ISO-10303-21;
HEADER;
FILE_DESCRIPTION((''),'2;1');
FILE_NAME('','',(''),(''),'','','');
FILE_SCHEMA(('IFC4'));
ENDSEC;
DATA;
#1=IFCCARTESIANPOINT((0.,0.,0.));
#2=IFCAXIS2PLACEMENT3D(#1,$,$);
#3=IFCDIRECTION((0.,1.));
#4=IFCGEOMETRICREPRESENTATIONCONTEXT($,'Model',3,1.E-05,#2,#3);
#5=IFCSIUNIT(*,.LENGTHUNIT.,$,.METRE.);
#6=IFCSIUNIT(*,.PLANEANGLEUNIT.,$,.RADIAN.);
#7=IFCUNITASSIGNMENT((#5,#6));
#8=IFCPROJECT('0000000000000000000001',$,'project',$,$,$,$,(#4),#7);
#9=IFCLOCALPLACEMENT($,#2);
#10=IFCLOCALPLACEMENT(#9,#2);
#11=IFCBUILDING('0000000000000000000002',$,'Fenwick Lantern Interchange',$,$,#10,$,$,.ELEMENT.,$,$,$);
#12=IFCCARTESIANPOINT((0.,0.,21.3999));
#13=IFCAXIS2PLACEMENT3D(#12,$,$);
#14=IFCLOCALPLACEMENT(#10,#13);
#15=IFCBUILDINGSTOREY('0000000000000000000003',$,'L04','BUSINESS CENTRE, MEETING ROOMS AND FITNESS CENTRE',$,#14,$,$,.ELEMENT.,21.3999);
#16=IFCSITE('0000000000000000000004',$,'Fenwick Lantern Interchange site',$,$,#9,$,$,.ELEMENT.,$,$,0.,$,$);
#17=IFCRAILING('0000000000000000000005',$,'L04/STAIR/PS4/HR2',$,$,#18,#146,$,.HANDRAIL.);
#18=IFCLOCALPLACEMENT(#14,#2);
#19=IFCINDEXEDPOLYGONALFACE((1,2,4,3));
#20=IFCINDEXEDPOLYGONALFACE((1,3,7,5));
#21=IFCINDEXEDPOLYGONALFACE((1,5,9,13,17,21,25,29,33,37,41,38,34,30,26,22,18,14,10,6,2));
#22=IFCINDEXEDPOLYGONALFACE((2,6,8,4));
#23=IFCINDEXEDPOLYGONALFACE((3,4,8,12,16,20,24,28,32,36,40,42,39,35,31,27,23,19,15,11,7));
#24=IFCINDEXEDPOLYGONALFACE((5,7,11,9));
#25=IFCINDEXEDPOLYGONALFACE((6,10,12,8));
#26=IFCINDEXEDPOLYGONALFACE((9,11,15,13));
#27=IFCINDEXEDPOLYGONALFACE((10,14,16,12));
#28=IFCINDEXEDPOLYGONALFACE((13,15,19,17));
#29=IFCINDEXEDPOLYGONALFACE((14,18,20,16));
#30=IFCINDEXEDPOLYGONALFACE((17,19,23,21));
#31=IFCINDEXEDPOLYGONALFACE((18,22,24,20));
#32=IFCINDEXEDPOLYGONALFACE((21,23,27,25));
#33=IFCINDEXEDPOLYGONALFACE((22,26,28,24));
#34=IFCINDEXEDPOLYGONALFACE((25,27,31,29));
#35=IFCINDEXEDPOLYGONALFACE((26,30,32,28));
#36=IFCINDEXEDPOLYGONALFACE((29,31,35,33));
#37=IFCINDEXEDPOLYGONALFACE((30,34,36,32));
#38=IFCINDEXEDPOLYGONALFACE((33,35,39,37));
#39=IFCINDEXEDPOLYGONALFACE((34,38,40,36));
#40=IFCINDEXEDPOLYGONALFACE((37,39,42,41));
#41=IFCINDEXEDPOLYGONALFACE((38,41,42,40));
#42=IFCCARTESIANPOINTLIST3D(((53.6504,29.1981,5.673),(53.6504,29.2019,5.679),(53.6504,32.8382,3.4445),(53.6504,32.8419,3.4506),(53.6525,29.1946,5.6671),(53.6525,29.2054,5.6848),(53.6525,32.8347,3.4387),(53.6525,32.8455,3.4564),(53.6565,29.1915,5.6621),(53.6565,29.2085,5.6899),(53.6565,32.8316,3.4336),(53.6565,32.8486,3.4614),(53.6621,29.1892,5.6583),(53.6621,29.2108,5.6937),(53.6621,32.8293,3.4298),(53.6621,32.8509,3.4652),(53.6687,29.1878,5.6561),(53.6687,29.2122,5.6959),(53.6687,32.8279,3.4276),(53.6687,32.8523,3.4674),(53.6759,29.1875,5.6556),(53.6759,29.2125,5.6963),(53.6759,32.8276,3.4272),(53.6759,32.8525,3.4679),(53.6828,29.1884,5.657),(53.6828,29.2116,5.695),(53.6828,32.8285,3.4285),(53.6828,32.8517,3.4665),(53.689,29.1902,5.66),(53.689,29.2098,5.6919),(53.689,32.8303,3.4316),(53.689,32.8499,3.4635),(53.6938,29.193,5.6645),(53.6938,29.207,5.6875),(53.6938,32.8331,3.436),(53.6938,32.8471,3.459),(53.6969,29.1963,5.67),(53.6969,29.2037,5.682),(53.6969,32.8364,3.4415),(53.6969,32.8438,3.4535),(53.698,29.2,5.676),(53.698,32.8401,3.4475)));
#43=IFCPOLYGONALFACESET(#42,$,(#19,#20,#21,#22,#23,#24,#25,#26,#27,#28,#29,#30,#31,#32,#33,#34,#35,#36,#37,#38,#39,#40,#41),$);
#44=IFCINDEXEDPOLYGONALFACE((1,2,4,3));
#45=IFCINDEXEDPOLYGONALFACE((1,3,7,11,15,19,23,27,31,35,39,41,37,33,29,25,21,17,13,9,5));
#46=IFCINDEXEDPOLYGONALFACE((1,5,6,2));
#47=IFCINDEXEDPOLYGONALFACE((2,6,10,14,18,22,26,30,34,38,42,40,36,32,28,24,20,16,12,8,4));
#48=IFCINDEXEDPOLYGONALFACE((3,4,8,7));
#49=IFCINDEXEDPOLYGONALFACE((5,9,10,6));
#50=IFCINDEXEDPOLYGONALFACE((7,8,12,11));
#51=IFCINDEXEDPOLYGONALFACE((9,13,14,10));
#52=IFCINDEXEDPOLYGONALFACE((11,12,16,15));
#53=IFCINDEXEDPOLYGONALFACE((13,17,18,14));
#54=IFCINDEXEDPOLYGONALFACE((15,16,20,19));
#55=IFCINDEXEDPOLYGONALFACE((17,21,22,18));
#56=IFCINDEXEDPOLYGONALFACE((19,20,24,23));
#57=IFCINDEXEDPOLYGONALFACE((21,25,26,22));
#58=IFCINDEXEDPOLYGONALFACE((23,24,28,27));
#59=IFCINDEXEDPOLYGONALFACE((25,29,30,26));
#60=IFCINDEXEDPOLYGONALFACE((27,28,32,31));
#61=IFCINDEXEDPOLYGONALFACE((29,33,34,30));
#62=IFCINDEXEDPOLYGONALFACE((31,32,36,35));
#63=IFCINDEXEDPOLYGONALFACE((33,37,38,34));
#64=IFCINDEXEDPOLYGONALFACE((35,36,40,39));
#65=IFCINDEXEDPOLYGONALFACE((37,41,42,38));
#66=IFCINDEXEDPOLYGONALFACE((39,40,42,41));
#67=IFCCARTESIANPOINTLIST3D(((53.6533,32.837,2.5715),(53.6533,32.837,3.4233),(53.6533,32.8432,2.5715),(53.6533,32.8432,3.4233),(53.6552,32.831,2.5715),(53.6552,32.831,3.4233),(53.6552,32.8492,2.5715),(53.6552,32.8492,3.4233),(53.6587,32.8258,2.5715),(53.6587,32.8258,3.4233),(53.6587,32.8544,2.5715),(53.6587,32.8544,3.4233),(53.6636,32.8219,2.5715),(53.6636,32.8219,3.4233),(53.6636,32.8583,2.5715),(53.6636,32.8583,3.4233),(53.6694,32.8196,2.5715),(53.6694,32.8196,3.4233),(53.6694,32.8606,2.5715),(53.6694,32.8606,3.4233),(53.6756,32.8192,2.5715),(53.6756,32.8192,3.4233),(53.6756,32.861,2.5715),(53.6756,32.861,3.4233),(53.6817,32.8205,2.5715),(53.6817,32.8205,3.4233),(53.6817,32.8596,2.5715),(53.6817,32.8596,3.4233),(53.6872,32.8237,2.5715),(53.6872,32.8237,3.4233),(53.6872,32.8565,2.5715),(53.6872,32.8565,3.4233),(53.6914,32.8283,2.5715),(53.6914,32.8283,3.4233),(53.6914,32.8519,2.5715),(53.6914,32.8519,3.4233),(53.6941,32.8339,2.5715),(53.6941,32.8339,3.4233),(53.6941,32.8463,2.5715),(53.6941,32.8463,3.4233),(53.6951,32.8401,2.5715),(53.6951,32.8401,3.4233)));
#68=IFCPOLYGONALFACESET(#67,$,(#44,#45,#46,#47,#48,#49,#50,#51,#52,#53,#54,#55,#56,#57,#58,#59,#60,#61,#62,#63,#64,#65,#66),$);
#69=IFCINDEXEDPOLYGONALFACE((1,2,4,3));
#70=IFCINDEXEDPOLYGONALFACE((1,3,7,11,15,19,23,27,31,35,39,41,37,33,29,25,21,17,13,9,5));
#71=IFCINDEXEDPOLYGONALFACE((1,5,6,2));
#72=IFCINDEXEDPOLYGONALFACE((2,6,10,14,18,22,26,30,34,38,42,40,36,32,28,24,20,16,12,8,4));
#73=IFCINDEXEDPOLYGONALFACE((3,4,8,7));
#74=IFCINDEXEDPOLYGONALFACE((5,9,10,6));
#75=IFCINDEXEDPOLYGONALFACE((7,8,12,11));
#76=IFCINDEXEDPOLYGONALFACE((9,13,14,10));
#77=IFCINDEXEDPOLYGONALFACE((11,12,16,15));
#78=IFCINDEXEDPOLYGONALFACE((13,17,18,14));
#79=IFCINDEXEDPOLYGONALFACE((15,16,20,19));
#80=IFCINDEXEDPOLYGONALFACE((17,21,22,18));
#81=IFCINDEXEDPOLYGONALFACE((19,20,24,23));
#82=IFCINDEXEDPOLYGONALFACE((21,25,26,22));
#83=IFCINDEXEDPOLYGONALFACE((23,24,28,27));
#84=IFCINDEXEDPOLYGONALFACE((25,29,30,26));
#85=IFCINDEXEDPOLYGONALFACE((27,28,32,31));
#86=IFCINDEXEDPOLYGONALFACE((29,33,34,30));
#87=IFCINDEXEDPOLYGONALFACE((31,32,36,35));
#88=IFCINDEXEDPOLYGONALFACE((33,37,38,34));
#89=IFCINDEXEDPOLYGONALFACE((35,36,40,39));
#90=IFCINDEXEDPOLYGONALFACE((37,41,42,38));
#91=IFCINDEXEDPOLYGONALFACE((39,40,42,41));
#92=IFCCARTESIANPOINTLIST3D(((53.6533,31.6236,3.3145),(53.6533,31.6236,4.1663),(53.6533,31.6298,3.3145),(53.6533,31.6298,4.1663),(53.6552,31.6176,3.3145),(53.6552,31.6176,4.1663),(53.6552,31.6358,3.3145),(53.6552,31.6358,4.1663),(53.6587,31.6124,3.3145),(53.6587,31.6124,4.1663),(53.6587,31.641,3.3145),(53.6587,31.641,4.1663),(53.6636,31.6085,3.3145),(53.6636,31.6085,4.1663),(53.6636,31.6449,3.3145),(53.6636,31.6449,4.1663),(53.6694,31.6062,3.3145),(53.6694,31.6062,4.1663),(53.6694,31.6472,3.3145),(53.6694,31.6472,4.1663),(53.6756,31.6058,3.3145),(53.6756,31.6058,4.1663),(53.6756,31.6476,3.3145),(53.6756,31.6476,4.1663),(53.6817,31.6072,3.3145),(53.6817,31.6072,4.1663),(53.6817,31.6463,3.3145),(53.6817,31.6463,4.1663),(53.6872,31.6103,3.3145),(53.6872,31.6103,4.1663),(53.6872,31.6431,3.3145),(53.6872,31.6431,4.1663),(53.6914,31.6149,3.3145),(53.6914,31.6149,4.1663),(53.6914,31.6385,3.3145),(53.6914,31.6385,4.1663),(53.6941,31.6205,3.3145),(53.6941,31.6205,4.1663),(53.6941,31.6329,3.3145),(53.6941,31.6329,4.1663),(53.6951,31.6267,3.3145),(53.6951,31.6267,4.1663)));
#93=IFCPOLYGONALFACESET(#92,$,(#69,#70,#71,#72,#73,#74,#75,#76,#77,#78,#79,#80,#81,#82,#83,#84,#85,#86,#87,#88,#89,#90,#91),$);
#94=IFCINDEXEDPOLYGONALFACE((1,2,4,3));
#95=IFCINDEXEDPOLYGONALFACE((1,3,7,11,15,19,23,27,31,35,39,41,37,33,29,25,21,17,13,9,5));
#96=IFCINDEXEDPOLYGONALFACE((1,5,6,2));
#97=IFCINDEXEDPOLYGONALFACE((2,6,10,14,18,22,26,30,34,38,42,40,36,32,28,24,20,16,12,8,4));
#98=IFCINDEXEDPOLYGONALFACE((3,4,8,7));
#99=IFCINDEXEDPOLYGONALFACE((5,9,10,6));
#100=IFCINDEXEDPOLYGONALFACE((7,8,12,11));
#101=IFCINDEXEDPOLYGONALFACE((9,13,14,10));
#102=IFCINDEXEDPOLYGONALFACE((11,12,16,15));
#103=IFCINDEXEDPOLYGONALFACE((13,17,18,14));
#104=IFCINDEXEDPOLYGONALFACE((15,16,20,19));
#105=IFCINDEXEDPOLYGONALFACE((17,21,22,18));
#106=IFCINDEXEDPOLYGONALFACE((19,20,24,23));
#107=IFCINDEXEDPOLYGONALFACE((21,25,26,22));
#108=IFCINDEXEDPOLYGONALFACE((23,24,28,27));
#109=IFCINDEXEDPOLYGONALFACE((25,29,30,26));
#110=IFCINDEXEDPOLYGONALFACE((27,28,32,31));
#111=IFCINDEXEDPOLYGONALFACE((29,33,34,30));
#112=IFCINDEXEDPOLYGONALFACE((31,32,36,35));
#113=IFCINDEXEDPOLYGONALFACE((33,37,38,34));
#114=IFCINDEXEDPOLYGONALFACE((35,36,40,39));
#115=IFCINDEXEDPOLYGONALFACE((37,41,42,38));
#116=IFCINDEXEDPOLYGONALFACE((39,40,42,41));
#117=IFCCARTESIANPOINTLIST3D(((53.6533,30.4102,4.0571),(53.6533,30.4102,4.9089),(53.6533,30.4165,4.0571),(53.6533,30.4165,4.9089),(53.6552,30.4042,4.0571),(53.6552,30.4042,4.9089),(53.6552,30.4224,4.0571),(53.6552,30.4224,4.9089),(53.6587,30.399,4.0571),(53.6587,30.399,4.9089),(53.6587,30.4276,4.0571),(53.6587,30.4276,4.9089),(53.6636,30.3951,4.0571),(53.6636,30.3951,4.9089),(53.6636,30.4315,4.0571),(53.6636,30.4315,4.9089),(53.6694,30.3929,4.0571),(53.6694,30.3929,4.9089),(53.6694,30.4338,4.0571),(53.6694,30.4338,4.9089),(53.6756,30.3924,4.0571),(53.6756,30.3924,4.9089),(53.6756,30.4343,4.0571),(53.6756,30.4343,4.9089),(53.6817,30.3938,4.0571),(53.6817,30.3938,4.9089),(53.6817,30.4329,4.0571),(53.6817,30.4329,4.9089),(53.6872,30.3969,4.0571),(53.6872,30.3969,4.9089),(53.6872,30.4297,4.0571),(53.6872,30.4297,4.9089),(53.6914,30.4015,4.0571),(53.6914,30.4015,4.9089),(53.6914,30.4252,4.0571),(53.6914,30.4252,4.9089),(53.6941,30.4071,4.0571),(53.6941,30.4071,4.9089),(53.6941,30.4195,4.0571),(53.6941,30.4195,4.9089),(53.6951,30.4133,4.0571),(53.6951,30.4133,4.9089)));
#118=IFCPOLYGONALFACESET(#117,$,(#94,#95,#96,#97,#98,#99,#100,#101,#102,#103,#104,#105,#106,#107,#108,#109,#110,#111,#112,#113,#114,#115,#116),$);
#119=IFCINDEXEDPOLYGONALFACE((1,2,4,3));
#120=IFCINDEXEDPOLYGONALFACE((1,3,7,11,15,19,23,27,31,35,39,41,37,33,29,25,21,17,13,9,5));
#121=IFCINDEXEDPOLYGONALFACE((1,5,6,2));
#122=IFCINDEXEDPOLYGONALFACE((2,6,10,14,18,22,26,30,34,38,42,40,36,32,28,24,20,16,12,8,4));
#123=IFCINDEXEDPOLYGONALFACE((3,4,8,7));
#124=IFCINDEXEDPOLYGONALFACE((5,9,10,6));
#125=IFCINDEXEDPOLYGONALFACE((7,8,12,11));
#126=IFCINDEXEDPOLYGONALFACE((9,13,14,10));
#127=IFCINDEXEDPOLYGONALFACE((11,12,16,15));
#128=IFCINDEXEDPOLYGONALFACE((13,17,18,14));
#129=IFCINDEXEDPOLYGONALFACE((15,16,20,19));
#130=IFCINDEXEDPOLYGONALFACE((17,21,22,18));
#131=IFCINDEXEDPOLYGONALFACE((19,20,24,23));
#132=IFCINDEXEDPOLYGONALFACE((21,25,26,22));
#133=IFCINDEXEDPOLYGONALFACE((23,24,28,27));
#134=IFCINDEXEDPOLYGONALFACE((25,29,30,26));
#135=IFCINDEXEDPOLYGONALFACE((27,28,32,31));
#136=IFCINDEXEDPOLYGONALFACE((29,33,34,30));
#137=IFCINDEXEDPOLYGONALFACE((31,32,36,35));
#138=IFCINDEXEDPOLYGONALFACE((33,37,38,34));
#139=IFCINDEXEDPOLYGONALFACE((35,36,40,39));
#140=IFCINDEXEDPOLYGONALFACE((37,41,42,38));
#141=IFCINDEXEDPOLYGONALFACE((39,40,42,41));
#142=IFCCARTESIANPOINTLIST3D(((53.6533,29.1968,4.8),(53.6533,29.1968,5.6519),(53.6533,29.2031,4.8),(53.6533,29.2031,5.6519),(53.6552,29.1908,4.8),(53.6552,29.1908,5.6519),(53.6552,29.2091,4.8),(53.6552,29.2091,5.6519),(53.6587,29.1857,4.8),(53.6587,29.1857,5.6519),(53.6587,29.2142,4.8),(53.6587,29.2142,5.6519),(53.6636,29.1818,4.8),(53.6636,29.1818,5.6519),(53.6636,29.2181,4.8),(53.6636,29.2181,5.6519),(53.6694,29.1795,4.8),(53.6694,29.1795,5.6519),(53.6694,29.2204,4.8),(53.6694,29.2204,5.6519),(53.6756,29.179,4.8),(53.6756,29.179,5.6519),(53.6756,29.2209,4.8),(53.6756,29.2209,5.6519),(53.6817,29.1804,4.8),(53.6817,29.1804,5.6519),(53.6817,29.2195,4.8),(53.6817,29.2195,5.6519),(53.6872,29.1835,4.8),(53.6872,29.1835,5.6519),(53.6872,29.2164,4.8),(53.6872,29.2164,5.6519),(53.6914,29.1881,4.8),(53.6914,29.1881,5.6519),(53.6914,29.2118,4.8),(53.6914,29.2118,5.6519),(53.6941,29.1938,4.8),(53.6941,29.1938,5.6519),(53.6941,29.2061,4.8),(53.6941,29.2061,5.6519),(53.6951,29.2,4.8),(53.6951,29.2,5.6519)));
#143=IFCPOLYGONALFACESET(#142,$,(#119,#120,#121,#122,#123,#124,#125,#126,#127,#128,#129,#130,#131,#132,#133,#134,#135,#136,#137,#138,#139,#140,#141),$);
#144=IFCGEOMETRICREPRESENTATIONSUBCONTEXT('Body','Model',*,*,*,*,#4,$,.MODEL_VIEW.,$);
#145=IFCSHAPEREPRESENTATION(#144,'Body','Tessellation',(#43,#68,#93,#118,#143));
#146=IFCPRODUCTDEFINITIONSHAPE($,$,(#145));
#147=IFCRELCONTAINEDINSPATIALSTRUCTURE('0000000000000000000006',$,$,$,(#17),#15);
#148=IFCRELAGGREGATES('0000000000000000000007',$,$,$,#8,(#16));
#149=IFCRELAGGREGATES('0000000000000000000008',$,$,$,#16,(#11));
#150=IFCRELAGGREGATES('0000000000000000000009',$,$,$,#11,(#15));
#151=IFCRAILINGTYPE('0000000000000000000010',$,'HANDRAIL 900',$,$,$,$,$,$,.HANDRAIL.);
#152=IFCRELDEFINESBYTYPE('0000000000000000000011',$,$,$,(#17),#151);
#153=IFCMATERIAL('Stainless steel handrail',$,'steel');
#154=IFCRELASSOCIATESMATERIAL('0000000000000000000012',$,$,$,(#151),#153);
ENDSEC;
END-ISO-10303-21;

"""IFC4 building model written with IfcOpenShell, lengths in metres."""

from ifc_helpers import new_model, si_unit, direction, frame, origin, origin_2d, place, context, subcontext, project, spatial, circle, extrude, material, type_object, element, save


model = new_model("IFC4")

# Units and contexts
model_context = context("Model", 3, precision=1e-05, world=origin(), true_north=direction((0.0, 1.0)))
body_context = subcontext(model_context, "Body", "Model", "MODEL_VIEW")
ifc_project = project(units=[si_unit("LENGTHUNIT", "METRE"), si_unit("PLANEANGLEUNIT", "RADIAN")], contexts=[model_context])

# Site, building, storey
site_placement = place(None, origin())
site = spatial("IfcSite", under=ifc_project, at=site_placement, Name="Fenwick Lantern Interchange site", CompositionType="ELEMENT", RefElevation=0.0)
building_placement = place(site_placement, origin())
building = spatial("IfcBuilding", under=site, at=building_placement, Name="Fenwick Lantern Interchange", CompositionType="ELEMENT")
storey_placement = place(building_placement, frame((0.0, 0.0, 21.3999)))
storey = spatial("IfcBuildingStorey", under=building, at=storey_placement, Name="L04", Description="BUSINESS CENTRE, MEETING ROOMS AND FITNESS CENTRE", CompositionType="ELEMENT", Elevation=21.3999)

# Railing
ifc_material_1 = material(Name="Stainless steel handrail", Category="steel")
railing_type = type_object("IfcRailingType", Name="HANDRAIL 900", PredefinedType="HANDRAIL", material=ifc_material_1)
railing_placement = place(storey_placement, frame((53.6741, 32.8401, 2.5715)))
element("IfcRailing", 1, at=railing_placement, inside=storey, type_object=railing_type, Name="L04/STAIR/PS4/HR2", PredefinedType="HANDRAIL", context=body_context, shape_type="SweptSolid", body=[
    extrude(circle(Radius=0.0239, at=origin_2d()), frame((0.0, 0.0, 0.876), z_axis=(0.0, -0.852866, 0.52213), x_axis=(1.0, 0.0, 0.0)), (0.0, 0.0, 1.0), 4.2681),
    extrude(circle(Radius=0.021, at=origin_2d()), origin(), (0.0, 0.0, 1.0), 0.8518),
    extrude(circle(Radius=0.021, at=origin_2d()), frame((0.0, -1.2134, 0.7429)), (0.0, 0.0, 1.0), 0.8518),
    extrude(circle(Radius=0.021, at=origin_2d()), frame((0.0, -2.4268, 1.4856)), (0.0, 0.0, 1.0), 0.8518),
    extrude(circle(Radius=0.021, at=origin_2d()), frame((0.0, -3.6401, 2.2285)), (0.0, 0.0, 1.0), 0.8518),
])

save(model, "model.ifc")
